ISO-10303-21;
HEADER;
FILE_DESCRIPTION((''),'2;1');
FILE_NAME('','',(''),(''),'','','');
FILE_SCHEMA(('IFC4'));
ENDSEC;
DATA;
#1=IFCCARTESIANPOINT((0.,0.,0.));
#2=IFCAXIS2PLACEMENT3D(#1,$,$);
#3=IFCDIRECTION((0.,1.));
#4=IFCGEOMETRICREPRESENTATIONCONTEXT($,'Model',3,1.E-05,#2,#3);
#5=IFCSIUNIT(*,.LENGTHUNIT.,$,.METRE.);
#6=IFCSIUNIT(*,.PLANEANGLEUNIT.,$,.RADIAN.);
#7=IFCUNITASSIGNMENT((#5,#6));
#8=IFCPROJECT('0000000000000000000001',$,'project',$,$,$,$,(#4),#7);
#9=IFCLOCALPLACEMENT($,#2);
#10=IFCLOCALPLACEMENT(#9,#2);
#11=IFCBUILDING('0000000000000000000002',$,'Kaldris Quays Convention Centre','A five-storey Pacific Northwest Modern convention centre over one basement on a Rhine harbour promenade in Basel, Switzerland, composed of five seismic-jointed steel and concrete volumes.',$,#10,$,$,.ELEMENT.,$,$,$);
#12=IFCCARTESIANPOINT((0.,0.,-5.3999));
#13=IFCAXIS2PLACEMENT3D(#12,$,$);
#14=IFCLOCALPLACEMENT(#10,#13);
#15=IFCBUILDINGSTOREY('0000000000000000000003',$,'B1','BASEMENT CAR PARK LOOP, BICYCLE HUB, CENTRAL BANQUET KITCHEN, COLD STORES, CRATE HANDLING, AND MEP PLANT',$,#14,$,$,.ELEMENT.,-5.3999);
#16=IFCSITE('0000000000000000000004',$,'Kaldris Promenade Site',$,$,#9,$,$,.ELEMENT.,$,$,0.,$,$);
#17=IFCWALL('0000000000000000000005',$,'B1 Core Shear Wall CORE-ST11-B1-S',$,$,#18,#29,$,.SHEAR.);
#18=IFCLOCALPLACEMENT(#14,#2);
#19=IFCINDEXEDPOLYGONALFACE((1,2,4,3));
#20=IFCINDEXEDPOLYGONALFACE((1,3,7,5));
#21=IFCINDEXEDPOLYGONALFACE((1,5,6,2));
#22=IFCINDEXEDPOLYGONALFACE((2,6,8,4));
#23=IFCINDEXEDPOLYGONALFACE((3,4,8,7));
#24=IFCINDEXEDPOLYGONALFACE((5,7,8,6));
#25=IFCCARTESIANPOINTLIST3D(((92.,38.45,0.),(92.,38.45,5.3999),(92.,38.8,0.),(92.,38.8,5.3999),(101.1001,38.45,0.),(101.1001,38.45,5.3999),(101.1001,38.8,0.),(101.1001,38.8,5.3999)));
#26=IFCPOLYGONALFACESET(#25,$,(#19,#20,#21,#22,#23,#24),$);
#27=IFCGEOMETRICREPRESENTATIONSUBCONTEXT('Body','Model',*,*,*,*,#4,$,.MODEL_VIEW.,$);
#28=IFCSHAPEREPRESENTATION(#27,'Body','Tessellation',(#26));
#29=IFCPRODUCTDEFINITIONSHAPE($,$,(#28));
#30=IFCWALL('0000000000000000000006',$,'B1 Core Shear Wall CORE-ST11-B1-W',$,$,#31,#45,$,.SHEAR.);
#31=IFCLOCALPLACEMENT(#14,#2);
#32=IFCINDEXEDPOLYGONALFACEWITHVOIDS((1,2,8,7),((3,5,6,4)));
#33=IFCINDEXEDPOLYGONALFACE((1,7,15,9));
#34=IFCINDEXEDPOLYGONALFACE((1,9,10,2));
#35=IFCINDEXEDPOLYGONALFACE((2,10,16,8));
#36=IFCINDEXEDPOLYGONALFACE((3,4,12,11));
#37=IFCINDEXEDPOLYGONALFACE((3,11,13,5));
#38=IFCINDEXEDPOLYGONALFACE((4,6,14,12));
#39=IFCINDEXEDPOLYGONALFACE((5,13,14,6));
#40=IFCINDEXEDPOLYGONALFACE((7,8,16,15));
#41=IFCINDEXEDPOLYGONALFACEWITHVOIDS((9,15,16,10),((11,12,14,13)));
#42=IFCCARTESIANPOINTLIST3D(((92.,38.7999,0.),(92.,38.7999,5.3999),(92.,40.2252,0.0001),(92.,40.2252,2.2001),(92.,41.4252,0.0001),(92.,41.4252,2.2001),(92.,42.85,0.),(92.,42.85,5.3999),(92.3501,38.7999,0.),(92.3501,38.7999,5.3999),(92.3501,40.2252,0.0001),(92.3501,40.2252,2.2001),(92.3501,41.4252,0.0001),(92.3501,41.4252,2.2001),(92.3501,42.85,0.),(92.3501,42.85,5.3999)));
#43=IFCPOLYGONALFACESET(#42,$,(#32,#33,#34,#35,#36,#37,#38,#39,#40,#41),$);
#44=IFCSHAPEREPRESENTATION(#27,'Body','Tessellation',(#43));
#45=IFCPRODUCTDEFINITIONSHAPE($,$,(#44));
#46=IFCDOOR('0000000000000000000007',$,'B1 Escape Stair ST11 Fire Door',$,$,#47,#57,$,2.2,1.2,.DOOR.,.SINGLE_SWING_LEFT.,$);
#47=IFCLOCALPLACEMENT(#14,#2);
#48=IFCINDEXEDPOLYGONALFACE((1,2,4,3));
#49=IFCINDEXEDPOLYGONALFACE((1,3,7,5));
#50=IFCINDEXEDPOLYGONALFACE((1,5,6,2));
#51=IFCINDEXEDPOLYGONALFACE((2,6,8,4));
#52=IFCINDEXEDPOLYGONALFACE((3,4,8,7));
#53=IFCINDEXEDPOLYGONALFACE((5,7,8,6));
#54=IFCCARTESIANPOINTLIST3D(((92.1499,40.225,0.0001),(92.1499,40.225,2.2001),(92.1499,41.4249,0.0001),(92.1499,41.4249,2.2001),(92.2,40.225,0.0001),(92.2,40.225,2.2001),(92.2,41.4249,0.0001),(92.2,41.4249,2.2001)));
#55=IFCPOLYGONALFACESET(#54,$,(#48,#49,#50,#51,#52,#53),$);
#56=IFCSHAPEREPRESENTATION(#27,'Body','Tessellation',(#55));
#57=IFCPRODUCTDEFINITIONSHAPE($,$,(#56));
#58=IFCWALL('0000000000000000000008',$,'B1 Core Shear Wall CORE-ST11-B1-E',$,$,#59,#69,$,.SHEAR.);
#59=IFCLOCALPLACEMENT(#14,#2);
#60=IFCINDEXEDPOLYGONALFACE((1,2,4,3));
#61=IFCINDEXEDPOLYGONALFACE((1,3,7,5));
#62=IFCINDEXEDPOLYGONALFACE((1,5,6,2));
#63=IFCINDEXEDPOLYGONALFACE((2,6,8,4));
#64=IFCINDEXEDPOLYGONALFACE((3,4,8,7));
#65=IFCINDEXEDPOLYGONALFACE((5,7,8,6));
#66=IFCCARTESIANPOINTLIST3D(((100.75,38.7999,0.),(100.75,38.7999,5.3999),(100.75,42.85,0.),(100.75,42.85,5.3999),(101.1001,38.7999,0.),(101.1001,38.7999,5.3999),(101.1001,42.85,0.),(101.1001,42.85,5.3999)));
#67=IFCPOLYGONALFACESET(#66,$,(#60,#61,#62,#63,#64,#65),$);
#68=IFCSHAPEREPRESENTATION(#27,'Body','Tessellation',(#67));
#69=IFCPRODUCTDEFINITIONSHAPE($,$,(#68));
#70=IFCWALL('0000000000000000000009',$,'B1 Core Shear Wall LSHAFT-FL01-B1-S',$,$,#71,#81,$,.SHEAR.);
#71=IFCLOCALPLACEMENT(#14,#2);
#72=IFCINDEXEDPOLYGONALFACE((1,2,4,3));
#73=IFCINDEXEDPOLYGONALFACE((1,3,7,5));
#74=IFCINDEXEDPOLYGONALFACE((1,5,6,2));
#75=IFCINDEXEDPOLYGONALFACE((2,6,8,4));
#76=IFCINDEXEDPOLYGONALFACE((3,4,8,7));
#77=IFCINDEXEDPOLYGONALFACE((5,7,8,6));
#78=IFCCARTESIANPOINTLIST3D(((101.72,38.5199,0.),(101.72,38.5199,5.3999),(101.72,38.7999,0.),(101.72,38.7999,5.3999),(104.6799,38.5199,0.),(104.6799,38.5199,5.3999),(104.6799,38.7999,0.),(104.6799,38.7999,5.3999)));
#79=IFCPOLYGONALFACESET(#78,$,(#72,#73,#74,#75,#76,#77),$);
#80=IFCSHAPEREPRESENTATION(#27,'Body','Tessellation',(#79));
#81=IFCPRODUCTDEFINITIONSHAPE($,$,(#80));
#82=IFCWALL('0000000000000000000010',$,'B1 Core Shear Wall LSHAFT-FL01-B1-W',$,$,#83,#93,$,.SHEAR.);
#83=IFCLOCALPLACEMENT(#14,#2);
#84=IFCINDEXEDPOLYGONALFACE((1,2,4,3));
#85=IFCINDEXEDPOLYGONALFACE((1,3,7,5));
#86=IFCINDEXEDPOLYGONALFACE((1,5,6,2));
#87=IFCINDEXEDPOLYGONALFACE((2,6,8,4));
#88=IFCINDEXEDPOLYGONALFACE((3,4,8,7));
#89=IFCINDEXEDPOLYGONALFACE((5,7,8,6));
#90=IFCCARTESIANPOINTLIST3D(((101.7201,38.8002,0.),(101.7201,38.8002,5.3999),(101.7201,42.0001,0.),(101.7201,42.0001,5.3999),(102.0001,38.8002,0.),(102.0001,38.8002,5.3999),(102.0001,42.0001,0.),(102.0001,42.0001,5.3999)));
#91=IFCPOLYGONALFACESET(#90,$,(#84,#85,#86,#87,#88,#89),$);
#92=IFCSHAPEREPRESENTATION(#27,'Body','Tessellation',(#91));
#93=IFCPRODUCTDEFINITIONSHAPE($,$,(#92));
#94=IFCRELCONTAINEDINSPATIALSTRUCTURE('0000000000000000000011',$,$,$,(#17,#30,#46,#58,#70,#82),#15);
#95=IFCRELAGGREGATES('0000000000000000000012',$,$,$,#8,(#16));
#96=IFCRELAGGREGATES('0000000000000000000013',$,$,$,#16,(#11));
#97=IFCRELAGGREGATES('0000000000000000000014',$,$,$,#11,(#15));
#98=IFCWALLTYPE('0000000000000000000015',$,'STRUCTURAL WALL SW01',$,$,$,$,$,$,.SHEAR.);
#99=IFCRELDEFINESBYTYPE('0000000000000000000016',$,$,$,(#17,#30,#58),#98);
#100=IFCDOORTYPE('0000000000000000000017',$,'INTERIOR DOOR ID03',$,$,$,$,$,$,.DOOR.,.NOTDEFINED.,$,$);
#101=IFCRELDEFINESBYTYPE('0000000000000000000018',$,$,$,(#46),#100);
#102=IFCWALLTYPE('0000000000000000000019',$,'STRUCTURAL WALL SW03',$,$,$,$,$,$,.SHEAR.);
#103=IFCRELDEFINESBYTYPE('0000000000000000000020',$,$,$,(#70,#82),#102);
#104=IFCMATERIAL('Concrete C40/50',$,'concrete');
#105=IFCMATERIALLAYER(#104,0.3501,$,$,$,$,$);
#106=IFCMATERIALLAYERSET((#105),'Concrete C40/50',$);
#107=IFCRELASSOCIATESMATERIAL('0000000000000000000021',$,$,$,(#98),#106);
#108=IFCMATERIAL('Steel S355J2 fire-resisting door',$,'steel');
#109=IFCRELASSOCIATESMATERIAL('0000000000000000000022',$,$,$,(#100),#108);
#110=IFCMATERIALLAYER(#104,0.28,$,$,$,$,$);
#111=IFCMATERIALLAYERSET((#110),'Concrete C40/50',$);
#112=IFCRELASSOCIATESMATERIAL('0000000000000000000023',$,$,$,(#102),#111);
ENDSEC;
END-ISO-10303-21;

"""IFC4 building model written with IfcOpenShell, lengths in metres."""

from ifc_helpers import new_model, si_unit, direction, frame, frame_2d, origin, place, context, subcontext, project, spatial, rectangle, extrude, material, layer, layer_set, type_object, element, fill, save


model = new_model("IFC4")

# Units and contexts
model_context = context("Model", 3, precision=1e-05, world=origin(), true_north=direction((0.0, 1.0)))
body_context = subcontext(model_context, "Body", "Model", "MODEL_VIEW")
ifc_project = project(units=[si_unit("LENGTHUNIT", "METRE"), si_unit("PLANEANGLEUNIT", "RADIAN")], contexts=[model_context])

# Site, building, storey
site_placement = place(None, origin())
site = spatial("IfcSite", under=ifc_project, at=site_placement, Name="Kaldris Promenade Site", CompositionType="ELEMENT", RefElevation=0.0)
building_placement = place(site_placement, origin())
building = spatial("IfcBuilding", under=site, at=building_placement, Name="Kaldris Quays Convention Centre", Description="A five-storey Pacific Northwest Modern convention centre over one basement on a Rhine harbour promenade in Basel, Switzerland, composed of five seismic-jointed steel and concrete volumes.", CompositionType="ELEMENT")
storey_placement = place(building_placement, frame((0.0, 0.0, -5.3999)))
storey = spatial("IfcBuildingStorey", under=building, at=storey_placement, Name="B1", Description="BASEMENT CAR PARK LOOP, BICYCLE HUB, CENTRAL BANQUET KITCHEN, COLD STORES, CRATE HANDLING, AND MEP PLANT", CompositionType="ELEMENT", Elevation=-5.3999)

# Wall
ifc_material_1 = material(Name="Concrete C40/50", Category="concrete")
ifc_layer_1 = layer(ifc_material_1, 0.3501)
ifc_layer_set_1 = layer_set([ifc_layer_1], Name="Concrete C40/50")
wall_type_1 = type_object("IfcWallType", Name="STRUCTURAL WALL SW01", PredefinedType="SHEAR", material=ifc_layer_set_1)
wall_1_placement = place(storey_placement, frame((92.0, 38.625, 0.0), z_axis=(0.0, 0.0, 1.0), x_axis=(1.0, 0.0, 0.0)))
element("IfcWall", 1, at=wall_1_placement, inside=storey, type_object=wall_type_1, Name="B1 Core Shear Wall CORE-ST11-B1-S", PredefinedType="SHEAR", context=body_context, shape_type="SweptSolid", body=[
    extrude(rectangle(XDim=9.1001, YDim=0.3501, at=frame_2d((4.55, 0.0))), origin(), (0.0, 0.0, 1.0), 5.3999),
])

# Wall, opening, door
wall_2_placement = place(storey_placement, frame((92.175, 38.8, 0.0), z_axis=(0.0, 0.0, 1.0), x_axis=(0.0, 1.0, 0.0)))
wall_2 = element("IfcWall", 2, at=wall_2_placement, inside=storey, type_object=wall_type_1, Name="B1 Core Shear Wall CORE-ST11-B1-W", PredefinedType="SHEAR", context=body_context, shape_type="SweptSolid", body=[
    extrude(rectangle(XDim=4.05, YDim=0.3501, at=frame_2d((2.0249, 0.0))), origin(), (0.0, 0.0, 1.0), 5.3999),
])
opening_placement = place(wall_2_placement, frame((1.425, 0.0, 0.0)))
opening = element("IfcOpeningElement", 3, at=opening_placement, cuts=wall_2, PredefinedType="OPENING", context=body_context, shape_type="SweptSolid", body=[
    extrude(rectangle(XDim=1.2, YDim=2.2, at=frame_2d((0.6001, 1.1001))), frame((0.0, 0.1851, 0.0), z_axis=(0.0, -1.0, 0.0), x_axis=(1.0, 0.0, 0.0)), (0.0, 0.0, 1.0), 0.3701),
])
ifc_material_2 = material(Name="Steel S355J2 fire-resisting door", Category="steel")
door_type = type_object("IfcDoorType", Name="INTERIOR DOOR ID03", OperationType="NOTDEFINED", PredefinedType="DOOR", material=ifc_material_2)
door_placement = place(opening_placement, frame((1.2, 0.0, 0.0), z_axis=(0.0, 0.0, 1.0), x_axis=(-1.0, 0.0, 0.0)))
door = element("IfcDoor", 4, at=door_placement, inside=storey, type_object=door_type, Name="B1 Escape Stair ST11 Fire Door", OperationType="SINGLE_SWING_LEFT", OverallHeight=2.2, OverallWidth=1.2, PredefinedType="DOOR", context=body_context, shape_type="SweptSolid", body=[
    extrude(rectangle(XDim=1.2, YDim=2.2, at=frame_2d((0.6001, 1.1001))), frame((0.0, 0.0249, 0.0), z_axis=(0.0, -1.0, 0.0), x_axis=(1.0, 0.0, 0.0)), (0.0, 0.0, 1.0), 0.05),
])
fill(opening, door)

# Walls
wall_3_placement = place(storey_placement, frame((100.925, 38.8, 0.0), z_axis=(0.0, 0.0, 1.0), x_axis=(0.0, 1.0, 0.0)))
element("IfcWall", 5, at=wall_3_placement, inside=storey, type_object=wall_type_1, Name="B1 Core Shear Wall CORE-ST11-B1-E", PredefinedType="SHEAR", context=body_context, shape_type="SweptSolid", body=[
    extrude(rectangle(XDim=4.05, YDim=0.3501, at=frame_2d((2.0249, 0.0))), origin(), (0.0, 0.0, 1.0), 5.3999),
])
ifc_layer_2 = layer(ifc_material_1, 0.28)
ifc_layer_set_2 = layer_set([ifc_layer_2], Name="Concrete C40/50")
wall_type_2 = type_object("IfcWallType", Name="STRUCTURAL WALL SW03", PredefinedType="SHEAR", material=ifc_layer_set_2)
wall_4_placement = place(storey_placement, frame((101.72, 38.6599, 0.0), z_axis=(0.0, 0.0, 1.0), x_axis=(1.0, 0.0, 0.0)))
element("IfcWall", 6, at=wall_4_placement, inside=storey, type_object=wall_type_2, Name="B1 Core Shear Wall LSHAFT-FL01-B1-S", PredefinedType="SHEAR", context=body_context, shape_type="SweptSolid", body=[
    extrude(rectangle(XDim=2.96, YDim=0.28, at=frame_2d((1.48, 0.0))), origin(), (0.0, 0.0, 1.0), 5.3999),
])
wall_5_placement = place(storey_placement, frame((101.8601, 38.8, 0.0), z_axis=(0.0, 0.0, 1.0), x_axis=(0.0, 1.0, 0.0)))
element("IfcWall", 7, at=wall_5_placement, inside=storey, type_object=wall_type_2, Name="B1 Core Shear Wall LSHAFT-FL01-B1-W", PredefinedType="SHEAR", context=body_context, shape_type="SweptSolid", body=[
    extrude(rectangle(XDim=3.2, YDim=0.28, at=frame_2d((1.6001, 0.0))), origin(), (0.0, 0.0, 1.0), 5.3999),
])

save(model, "model.ifc")
